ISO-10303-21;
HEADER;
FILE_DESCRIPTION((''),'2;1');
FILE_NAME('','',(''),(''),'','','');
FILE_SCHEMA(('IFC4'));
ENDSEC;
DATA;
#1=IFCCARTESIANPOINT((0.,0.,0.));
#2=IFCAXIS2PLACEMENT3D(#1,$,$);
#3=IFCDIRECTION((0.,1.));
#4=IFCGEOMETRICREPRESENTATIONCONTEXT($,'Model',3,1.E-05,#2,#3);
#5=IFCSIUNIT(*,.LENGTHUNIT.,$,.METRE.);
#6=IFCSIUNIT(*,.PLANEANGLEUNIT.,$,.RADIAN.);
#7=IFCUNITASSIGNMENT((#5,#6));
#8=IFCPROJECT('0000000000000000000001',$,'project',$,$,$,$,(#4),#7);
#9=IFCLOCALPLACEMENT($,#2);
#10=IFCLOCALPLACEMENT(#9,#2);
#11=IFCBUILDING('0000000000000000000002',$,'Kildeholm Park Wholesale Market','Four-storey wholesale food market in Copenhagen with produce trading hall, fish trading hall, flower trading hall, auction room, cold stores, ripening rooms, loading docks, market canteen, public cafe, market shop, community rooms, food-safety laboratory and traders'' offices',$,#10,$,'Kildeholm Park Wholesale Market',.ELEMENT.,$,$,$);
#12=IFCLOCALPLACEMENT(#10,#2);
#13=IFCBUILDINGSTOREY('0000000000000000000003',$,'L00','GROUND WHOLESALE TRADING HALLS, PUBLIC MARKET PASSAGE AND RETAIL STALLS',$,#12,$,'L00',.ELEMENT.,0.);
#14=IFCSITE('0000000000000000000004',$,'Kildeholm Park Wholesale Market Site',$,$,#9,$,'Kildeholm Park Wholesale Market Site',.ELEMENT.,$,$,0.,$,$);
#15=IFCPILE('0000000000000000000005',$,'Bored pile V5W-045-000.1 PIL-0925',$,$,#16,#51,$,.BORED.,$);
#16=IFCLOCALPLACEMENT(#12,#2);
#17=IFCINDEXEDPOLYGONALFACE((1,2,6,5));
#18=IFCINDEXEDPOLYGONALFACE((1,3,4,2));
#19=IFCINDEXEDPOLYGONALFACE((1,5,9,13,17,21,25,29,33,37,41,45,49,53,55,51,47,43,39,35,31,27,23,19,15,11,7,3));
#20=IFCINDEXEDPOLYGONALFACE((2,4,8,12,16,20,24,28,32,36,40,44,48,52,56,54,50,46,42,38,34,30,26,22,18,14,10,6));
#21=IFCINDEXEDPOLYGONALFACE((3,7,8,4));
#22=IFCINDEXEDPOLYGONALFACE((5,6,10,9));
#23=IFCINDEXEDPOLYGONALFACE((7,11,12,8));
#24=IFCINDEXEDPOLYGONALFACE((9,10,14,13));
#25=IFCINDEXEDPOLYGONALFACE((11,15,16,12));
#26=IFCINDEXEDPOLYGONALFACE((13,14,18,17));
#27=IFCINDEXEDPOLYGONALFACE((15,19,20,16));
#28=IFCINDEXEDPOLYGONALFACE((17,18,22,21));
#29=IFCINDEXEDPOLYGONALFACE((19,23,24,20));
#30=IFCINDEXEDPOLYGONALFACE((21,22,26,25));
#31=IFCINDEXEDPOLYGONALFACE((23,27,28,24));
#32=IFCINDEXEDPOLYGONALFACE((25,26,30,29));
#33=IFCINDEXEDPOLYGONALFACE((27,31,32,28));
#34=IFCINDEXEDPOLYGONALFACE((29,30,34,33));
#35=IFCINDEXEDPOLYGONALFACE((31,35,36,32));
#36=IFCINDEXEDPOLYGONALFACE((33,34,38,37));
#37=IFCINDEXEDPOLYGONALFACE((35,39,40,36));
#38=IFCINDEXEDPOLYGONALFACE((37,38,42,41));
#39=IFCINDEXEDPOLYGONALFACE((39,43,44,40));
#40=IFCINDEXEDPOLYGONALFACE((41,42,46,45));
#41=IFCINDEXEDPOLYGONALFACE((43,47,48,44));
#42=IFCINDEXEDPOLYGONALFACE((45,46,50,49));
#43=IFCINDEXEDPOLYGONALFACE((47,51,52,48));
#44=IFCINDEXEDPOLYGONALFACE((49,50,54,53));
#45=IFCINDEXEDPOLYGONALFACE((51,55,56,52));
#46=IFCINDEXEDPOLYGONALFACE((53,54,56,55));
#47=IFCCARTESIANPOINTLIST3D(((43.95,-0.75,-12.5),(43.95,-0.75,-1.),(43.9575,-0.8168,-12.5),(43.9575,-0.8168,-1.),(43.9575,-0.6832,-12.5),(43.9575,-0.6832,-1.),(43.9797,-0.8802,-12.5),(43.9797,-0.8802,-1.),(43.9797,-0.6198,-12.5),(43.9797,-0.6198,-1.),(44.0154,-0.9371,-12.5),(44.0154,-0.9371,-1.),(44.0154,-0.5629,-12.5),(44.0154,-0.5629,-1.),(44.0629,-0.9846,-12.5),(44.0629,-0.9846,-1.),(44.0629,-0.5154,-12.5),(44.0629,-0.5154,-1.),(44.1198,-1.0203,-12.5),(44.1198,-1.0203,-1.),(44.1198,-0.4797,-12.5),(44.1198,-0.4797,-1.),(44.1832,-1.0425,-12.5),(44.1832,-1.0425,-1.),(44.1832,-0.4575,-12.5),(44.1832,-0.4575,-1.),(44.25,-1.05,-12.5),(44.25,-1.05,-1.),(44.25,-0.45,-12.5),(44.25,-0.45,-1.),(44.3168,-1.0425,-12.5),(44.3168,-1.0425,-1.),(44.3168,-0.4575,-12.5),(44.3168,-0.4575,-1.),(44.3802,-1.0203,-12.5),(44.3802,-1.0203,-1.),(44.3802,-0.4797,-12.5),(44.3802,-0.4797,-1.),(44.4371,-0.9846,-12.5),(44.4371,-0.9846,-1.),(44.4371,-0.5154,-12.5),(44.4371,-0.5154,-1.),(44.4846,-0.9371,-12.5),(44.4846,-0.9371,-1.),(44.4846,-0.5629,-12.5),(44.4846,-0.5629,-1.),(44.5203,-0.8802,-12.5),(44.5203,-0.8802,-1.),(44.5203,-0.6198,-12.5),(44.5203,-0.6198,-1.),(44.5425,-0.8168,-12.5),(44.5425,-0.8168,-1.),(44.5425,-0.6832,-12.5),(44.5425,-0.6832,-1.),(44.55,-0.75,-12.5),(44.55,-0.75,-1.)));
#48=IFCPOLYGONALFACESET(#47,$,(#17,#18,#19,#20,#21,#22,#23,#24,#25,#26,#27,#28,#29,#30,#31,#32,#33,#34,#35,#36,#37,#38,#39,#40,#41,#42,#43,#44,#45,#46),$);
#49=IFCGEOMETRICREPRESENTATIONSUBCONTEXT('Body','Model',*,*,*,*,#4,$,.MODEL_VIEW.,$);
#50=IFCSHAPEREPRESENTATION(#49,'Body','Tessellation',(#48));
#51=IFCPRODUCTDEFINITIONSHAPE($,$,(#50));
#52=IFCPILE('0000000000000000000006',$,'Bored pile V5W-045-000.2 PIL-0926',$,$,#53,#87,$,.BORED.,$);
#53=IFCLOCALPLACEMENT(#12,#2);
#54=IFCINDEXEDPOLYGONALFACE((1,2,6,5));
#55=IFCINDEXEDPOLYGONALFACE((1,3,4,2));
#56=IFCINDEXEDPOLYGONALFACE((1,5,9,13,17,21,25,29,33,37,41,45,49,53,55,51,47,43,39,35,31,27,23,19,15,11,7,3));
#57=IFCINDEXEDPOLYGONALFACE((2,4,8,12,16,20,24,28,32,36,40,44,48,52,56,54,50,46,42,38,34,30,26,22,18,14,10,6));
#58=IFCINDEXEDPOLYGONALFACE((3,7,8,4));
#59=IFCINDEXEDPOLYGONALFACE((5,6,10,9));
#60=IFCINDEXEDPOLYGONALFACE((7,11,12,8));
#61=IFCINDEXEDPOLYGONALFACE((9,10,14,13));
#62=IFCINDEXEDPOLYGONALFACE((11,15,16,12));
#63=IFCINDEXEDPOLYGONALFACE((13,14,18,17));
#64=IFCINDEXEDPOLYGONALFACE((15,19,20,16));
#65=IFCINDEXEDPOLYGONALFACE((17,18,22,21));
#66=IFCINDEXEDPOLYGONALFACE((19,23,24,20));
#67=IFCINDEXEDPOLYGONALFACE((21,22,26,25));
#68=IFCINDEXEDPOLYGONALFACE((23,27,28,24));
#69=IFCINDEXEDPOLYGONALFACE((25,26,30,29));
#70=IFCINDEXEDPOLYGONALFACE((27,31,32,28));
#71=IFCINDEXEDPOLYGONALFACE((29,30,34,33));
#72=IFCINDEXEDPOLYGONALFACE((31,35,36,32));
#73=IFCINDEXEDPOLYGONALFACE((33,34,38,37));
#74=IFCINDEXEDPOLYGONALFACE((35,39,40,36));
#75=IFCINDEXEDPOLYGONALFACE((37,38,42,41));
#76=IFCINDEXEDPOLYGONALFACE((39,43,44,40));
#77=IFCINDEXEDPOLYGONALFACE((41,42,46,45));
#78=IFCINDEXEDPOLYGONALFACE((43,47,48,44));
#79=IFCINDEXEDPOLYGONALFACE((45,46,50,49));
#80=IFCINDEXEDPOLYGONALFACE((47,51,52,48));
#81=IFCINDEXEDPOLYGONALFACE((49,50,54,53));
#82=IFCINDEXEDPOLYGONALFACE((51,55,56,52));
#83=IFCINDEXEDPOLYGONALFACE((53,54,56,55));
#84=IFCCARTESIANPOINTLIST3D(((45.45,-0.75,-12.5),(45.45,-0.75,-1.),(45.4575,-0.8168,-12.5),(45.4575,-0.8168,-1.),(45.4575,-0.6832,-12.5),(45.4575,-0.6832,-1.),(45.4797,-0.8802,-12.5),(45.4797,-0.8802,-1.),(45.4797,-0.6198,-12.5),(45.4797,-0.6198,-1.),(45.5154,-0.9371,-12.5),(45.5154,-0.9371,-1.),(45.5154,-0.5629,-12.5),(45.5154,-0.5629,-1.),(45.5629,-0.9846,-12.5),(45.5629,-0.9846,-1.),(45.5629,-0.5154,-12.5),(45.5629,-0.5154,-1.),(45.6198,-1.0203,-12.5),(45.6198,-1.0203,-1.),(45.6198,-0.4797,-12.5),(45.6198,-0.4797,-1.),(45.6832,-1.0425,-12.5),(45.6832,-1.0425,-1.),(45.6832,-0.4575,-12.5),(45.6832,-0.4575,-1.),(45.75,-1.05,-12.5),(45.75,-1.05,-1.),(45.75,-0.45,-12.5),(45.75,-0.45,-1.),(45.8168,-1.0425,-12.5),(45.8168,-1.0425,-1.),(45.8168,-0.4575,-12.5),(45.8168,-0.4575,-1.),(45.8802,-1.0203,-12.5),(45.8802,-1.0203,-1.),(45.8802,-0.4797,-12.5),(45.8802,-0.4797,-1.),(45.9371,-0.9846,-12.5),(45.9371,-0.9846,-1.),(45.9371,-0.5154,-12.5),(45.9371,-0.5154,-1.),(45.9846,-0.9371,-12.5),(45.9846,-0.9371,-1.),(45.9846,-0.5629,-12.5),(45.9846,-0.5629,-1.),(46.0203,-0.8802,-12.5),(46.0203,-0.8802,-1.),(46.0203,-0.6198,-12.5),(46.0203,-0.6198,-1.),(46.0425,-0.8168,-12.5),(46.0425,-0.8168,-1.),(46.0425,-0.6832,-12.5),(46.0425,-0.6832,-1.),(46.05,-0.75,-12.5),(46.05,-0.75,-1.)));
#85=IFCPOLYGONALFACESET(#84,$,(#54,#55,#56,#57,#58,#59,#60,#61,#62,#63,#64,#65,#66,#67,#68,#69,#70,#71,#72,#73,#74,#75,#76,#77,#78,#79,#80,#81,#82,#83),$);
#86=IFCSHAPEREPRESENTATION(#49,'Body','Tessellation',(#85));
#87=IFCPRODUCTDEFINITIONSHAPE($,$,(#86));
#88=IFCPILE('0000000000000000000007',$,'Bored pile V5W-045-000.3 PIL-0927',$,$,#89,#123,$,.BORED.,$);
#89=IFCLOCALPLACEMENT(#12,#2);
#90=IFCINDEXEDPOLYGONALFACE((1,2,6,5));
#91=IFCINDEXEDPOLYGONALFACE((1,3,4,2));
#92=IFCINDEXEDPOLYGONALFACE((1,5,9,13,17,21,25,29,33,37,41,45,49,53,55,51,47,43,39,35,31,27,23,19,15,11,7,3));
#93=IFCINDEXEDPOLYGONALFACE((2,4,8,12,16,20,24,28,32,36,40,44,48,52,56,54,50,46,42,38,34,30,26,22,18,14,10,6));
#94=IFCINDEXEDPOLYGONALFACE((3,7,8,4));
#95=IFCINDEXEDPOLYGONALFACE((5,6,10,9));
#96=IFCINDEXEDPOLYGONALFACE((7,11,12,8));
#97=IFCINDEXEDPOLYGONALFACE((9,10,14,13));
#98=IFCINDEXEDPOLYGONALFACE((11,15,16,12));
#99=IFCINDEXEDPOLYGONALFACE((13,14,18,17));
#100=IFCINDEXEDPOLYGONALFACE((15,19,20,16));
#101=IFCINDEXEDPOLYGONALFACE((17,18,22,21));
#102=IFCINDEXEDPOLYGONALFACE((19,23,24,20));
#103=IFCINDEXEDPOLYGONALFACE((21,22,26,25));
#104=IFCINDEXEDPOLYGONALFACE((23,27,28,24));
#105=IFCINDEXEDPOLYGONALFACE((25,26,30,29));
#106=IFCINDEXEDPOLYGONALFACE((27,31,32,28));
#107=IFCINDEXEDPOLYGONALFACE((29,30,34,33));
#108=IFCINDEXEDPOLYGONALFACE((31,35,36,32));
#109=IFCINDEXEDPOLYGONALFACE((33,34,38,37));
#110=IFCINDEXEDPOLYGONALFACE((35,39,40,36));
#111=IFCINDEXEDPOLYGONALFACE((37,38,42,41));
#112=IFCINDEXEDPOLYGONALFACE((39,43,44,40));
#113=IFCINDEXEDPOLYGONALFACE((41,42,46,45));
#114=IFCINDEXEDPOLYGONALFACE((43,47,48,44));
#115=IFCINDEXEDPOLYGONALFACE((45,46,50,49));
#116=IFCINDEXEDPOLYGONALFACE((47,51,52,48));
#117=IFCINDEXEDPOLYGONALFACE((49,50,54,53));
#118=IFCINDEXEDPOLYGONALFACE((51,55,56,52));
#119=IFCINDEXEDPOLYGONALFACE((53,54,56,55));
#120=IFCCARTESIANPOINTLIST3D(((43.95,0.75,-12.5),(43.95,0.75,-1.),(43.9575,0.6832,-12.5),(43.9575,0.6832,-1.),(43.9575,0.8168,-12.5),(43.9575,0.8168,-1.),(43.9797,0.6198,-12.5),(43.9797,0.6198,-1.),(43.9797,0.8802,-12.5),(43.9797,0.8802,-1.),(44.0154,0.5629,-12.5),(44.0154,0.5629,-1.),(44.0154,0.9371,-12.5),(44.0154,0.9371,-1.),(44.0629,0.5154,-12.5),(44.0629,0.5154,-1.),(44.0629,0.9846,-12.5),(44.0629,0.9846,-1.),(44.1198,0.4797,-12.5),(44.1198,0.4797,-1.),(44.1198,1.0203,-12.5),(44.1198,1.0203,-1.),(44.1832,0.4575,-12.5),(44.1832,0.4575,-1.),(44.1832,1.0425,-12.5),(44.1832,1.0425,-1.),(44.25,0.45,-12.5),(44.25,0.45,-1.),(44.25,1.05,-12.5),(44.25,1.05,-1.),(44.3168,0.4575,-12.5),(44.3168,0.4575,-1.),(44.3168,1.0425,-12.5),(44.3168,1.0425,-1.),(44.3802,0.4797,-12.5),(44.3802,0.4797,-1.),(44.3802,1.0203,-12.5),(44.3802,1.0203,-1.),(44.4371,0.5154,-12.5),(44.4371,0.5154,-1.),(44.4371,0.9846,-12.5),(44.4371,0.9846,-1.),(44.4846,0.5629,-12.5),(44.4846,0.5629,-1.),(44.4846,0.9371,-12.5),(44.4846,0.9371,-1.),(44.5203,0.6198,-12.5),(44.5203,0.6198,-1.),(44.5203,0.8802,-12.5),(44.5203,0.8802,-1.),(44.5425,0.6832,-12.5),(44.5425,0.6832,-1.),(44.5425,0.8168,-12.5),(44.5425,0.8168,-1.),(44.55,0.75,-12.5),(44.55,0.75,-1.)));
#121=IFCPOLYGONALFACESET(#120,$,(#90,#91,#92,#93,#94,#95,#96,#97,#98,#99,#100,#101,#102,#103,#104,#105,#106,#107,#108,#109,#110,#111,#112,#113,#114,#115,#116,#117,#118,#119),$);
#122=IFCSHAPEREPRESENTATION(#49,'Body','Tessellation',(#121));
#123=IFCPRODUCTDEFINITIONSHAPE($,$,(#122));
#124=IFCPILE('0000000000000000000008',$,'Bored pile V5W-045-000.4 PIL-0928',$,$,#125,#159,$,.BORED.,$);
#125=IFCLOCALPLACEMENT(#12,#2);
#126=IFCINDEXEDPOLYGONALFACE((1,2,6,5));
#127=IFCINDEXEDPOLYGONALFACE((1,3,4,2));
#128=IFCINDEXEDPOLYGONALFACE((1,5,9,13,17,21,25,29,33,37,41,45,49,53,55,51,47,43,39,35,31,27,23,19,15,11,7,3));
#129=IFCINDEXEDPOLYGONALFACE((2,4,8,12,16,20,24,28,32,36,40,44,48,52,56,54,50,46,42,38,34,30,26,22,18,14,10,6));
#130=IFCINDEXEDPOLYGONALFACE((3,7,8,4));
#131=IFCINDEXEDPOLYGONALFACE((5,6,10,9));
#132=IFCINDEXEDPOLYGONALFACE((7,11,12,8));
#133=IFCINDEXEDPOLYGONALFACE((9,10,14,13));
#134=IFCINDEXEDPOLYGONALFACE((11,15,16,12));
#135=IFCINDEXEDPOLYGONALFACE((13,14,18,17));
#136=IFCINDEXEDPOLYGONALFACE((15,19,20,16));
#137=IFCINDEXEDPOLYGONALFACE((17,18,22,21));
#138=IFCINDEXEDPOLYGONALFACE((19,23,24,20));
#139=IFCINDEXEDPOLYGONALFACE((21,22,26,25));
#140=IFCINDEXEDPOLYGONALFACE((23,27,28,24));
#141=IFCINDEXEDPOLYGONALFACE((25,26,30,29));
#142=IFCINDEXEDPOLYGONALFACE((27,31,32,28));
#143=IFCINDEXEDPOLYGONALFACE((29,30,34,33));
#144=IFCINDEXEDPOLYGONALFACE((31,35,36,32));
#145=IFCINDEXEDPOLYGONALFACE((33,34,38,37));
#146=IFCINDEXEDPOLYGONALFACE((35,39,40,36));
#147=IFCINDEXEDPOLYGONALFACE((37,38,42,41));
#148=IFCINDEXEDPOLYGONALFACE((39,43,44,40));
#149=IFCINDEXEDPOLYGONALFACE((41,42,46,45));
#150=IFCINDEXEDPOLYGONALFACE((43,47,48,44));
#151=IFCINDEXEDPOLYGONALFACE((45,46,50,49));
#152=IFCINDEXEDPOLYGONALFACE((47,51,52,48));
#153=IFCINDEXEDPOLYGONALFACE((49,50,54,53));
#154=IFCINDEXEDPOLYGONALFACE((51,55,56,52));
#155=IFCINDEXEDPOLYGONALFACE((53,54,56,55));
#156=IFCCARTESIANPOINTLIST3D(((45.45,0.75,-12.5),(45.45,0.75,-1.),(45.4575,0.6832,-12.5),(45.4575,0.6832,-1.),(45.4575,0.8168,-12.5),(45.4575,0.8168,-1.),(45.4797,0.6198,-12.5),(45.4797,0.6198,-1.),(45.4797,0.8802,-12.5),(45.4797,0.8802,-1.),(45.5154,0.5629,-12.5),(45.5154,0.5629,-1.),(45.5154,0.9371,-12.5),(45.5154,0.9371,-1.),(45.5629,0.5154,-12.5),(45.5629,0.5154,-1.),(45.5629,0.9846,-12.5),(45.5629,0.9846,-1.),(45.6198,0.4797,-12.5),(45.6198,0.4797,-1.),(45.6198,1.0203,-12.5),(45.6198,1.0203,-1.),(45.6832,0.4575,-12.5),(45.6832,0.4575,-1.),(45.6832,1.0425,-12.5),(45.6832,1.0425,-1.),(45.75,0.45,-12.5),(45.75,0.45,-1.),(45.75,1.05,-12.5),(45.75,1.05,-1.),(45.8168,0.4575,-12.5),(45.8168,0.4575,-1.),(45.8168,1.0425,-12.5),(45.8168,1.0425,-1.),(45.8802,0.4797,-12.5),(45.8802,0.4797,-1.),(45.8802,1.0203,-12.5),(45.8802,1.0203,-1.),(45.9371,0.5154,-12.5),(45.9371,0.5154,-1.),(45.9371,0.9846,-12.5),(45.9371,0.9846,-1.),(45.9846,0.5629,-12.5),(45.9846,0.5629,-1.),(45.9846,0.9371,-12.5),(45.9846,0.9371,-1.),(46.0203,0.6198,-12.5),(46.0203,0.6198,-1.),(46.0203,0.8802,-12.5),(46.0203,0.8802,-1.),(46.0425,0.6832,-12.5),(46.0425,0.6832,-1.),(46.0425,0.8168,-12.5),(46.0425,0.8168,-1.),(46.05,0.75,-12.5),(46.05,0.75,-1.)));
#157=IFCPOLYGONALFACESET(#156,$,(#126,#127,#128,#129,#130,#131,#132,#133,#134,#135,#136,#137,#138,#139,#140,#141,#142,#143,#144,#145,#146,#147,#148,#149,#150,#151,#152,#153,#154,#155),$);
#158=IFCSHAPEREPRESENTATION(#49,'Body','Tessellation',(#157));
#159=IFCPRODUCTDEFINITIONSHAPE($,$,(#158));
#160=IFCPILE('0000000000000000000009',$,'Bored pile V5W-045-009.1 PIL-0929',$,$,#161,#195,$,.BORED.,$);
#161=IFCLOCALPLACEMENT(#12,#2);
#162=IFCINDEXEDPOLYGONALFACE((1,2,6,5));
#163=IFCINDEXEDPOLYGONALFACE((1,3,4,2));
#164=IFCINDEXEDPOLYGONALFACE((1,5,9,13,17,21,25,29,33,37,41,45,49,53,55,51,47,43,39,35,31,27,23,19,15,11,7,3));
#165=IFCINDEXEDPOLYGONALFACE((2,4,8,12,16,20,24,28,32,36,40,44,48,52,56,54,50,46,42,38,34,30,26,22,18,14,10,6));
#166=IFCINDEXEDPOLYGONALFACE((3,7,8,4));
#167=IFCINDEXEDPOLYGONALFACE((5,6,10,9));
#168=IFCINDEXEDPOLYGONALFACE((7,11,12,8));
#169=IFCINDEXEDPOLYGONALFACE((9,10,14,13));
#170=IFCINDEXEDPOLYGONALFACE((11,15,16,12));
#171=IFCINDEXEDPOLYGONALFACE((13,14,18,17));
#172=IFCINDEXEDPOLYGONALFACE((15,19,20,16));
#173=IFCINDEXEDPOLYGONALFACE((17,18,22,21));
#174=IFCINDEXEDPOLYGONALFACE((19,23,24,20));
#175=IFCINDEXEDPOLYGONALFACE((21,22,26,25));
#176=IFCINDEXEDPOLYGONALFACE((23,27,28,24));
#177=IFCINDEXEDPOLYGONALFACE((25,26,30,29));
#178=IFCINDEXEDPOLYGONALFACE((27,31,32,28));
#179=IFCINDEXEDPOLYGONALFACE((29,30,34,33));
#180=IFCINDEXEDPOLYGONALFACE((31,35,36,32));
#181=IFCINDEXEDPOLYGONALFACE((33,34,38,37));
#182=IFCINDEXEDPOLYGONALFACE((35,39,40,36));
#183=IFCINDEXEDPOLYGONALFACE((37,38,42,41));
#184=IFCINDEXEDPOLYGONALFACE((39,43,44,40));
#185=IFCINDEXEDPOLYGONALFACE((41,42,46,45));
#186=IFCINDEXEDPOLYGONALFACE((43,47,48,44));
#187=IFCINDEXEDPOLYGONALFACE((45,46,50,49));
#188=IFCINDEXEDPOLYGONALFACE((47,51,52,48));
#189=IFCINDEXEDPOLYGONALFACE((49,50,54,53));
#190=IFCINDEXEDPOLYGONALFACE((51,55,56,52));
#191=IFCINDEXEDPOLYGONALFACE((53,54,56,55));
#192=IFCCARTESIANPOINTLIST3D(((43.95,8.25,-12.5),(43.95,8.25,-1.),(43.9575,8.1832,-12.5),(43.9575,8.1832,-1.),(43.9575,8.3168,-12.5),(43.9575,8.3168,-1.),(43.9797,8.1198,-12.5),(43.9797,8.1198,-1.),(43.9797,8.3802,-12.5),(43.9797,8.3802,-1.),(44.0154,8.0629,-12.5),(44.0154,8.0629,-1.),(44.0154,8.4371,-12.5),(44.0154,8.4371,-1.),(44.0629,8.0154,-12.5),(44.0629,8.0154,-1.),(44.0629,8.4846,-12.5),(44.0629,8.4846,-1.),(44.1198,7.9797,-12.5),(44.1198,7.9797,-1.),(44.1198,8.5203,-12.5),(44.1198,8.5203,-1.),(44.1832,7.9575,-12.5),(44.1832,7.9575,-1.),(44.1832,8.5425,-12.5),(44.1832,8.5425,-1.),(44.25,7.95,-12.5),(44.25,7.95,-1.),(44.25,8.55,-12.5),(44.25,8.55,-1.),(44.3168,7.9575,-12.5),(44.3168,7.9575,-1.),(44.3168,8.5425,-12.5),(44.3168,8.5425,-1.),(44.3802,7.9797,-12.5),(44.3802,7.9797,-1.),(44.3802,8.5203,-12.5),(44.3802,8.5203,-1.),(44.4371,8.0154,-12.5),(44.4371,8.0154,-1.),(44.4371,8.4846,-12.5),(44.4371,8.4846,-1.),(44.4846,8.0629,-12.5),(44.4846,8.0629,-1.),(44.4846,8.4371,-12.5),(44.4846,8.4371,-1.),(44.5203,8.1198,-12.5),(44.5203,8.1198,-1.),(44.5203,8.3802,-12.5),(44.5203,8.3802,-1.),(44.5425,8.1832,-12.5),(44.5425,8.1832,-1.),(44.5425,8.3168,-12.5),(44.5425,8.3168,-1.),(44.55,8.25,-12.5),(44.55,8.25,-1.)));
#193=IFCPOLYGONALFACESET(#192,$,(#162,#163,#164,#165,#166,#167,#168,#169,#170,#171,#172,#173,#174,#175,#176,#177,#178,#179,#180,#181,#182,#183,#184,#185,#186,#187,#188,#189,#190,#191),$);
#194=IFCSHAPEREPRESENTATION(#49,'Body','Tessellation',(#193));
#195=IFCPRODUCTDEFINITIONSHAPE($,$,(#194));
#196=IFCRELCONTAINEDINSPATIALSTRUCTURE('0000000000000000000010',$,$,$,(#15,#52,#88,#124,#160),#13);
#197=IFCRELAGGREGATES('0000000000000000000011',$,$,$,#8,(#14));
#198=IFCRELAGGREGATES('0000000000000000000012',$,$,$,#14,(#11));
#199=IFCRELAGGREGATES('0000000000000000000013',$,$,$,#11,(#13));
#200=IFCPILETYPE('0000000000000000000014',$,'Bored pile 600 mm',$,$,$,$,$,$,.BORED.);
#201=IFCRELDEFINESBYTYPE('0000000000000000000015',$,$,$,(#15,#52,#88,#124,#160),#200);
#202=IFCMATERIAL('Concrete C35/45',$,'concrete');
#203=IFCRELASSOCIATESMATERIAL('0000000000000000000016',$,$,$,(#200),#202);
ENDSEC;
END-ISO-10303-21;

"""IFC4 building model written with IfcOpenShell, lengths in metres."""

from ifc_helpers import new_model, si_unit, direction, frame, origin, origin_2d, place, context, subcontext, project, spatial, circle, extrude, material, material_profile, profile_set, type_object, element, save


model = new_model("IFC4")

# Units and contexts
model_context = context("Model", 3, precision=1e-05, world=origin(), true_north=direction((0.0, 1.0)))
body_context = subcontext(model_context, "Body", "Model", "MODEL_VIEW")
ifc_project = project(units=[si_unit("LENGTHUNIT", "METRE"), si_unit("PLANEANGLEUNIT", "RADIAN")], contexts=[model_context])

# Site, building, storey
site_placement = place(None, origin())
site = spatial("IfcSite", under=ifc_project, at=site_placement, Name="Kildeholm Park Wholesale Market Site", LongName="Kildeholm Park Wholesale Market Site", CompositionType="ELEMENT", RefElevation=0.0)
building_placement = place(site_placement, origin())
building = spatial("IfcBuilding", under=site, at=building_placement, Name="Kildeholm Park Wholesale Market", Description="Four-storey wholesale food market in Copenhagen with produce trading hall, fish trading hall, flower trading hall, auction room, cold stores, ripening rooms, loading docks, market canteen, public cafe, market shop, community rooms, food-safety laboratory and traders' offices", LongName="Kildeholm Park Wholesale Market", CompositionType="ELEMENT")
storey_placement = place(building_placement, origin())
storey = spatial("IfcBuildingStorey", under=building, at=storey_placement, Name="L00", Description="GROUND WHOLESALE TRADING HALLS, PUBLIC MARKET PASSAGE AND RETAIL STALLS", LongName="L00", CompositionType="ELEMENT", Elevation=0.0)

# Piles
ifc_material_1 = material(Name="Concrete C35/45", Category="concrete")
ifc_material_profile_1 = material_profile(ifc_material_1, circle(Radius=0.3, at=origin_2d()), Name="PILE D600")
ifc_profile_set_1 = profile_set([ifc_material_profile_1], Name="Concrete C35/45")
pile_type = type_object("IfcPileType", Name="Bored pile 600 mm", PredefinedType="BORED", material=ifc_profile_set_1)
for number, where, z_axis, x_axis, name in (
    (1, (44.25, -0.75, -1.0), (0.0, 0.0, -1.0), (1.0, 0.0, 0.0), "Bored pile V5W-045-000.1 PIL-0925"),
    (2, (45.75, -0.75, -1.0), (0.0, 0.0, -1.0), (1.0, 0.0, 0.0), "Bored pile V5W-045-000.2 PIL-0926"),
    (3, (44.25, 0.75, -1.0), (0.0, 0.0, -1.0), (1.0, 0.0, 0.0), "Bored pile V5W-045-000.3 PIL-0927"),
    (4, (45.75, 0.75, -1.0), (0.0, 0.0, -1.0), (1.0, 0.0, 0.0), "Bored pile V5W-045-000.4 PIL-0928"),
    (5, (44.25, 8.25, -1.0), (0.0, 0.0, -1.0), (1.0, 0.0, 0.0), "Bored pile V5W-045-009.1 PIL-0929"),
):
    element("IfcPile", number, at=place(storey_placement, frame(where, z_axis=z_axis, x_axis=x_axis)), inside=storey, type_object=pile_type, Name=name, PredefinedType="BORED", context=body_context, shape_type="SweptSolid", body=[
        extrude(circle(Radius=0.3, at=origin_2d()), origin(), (0.0, 0.0, 1.0), 11.5),
    ])

save(model, "model.ifc")
